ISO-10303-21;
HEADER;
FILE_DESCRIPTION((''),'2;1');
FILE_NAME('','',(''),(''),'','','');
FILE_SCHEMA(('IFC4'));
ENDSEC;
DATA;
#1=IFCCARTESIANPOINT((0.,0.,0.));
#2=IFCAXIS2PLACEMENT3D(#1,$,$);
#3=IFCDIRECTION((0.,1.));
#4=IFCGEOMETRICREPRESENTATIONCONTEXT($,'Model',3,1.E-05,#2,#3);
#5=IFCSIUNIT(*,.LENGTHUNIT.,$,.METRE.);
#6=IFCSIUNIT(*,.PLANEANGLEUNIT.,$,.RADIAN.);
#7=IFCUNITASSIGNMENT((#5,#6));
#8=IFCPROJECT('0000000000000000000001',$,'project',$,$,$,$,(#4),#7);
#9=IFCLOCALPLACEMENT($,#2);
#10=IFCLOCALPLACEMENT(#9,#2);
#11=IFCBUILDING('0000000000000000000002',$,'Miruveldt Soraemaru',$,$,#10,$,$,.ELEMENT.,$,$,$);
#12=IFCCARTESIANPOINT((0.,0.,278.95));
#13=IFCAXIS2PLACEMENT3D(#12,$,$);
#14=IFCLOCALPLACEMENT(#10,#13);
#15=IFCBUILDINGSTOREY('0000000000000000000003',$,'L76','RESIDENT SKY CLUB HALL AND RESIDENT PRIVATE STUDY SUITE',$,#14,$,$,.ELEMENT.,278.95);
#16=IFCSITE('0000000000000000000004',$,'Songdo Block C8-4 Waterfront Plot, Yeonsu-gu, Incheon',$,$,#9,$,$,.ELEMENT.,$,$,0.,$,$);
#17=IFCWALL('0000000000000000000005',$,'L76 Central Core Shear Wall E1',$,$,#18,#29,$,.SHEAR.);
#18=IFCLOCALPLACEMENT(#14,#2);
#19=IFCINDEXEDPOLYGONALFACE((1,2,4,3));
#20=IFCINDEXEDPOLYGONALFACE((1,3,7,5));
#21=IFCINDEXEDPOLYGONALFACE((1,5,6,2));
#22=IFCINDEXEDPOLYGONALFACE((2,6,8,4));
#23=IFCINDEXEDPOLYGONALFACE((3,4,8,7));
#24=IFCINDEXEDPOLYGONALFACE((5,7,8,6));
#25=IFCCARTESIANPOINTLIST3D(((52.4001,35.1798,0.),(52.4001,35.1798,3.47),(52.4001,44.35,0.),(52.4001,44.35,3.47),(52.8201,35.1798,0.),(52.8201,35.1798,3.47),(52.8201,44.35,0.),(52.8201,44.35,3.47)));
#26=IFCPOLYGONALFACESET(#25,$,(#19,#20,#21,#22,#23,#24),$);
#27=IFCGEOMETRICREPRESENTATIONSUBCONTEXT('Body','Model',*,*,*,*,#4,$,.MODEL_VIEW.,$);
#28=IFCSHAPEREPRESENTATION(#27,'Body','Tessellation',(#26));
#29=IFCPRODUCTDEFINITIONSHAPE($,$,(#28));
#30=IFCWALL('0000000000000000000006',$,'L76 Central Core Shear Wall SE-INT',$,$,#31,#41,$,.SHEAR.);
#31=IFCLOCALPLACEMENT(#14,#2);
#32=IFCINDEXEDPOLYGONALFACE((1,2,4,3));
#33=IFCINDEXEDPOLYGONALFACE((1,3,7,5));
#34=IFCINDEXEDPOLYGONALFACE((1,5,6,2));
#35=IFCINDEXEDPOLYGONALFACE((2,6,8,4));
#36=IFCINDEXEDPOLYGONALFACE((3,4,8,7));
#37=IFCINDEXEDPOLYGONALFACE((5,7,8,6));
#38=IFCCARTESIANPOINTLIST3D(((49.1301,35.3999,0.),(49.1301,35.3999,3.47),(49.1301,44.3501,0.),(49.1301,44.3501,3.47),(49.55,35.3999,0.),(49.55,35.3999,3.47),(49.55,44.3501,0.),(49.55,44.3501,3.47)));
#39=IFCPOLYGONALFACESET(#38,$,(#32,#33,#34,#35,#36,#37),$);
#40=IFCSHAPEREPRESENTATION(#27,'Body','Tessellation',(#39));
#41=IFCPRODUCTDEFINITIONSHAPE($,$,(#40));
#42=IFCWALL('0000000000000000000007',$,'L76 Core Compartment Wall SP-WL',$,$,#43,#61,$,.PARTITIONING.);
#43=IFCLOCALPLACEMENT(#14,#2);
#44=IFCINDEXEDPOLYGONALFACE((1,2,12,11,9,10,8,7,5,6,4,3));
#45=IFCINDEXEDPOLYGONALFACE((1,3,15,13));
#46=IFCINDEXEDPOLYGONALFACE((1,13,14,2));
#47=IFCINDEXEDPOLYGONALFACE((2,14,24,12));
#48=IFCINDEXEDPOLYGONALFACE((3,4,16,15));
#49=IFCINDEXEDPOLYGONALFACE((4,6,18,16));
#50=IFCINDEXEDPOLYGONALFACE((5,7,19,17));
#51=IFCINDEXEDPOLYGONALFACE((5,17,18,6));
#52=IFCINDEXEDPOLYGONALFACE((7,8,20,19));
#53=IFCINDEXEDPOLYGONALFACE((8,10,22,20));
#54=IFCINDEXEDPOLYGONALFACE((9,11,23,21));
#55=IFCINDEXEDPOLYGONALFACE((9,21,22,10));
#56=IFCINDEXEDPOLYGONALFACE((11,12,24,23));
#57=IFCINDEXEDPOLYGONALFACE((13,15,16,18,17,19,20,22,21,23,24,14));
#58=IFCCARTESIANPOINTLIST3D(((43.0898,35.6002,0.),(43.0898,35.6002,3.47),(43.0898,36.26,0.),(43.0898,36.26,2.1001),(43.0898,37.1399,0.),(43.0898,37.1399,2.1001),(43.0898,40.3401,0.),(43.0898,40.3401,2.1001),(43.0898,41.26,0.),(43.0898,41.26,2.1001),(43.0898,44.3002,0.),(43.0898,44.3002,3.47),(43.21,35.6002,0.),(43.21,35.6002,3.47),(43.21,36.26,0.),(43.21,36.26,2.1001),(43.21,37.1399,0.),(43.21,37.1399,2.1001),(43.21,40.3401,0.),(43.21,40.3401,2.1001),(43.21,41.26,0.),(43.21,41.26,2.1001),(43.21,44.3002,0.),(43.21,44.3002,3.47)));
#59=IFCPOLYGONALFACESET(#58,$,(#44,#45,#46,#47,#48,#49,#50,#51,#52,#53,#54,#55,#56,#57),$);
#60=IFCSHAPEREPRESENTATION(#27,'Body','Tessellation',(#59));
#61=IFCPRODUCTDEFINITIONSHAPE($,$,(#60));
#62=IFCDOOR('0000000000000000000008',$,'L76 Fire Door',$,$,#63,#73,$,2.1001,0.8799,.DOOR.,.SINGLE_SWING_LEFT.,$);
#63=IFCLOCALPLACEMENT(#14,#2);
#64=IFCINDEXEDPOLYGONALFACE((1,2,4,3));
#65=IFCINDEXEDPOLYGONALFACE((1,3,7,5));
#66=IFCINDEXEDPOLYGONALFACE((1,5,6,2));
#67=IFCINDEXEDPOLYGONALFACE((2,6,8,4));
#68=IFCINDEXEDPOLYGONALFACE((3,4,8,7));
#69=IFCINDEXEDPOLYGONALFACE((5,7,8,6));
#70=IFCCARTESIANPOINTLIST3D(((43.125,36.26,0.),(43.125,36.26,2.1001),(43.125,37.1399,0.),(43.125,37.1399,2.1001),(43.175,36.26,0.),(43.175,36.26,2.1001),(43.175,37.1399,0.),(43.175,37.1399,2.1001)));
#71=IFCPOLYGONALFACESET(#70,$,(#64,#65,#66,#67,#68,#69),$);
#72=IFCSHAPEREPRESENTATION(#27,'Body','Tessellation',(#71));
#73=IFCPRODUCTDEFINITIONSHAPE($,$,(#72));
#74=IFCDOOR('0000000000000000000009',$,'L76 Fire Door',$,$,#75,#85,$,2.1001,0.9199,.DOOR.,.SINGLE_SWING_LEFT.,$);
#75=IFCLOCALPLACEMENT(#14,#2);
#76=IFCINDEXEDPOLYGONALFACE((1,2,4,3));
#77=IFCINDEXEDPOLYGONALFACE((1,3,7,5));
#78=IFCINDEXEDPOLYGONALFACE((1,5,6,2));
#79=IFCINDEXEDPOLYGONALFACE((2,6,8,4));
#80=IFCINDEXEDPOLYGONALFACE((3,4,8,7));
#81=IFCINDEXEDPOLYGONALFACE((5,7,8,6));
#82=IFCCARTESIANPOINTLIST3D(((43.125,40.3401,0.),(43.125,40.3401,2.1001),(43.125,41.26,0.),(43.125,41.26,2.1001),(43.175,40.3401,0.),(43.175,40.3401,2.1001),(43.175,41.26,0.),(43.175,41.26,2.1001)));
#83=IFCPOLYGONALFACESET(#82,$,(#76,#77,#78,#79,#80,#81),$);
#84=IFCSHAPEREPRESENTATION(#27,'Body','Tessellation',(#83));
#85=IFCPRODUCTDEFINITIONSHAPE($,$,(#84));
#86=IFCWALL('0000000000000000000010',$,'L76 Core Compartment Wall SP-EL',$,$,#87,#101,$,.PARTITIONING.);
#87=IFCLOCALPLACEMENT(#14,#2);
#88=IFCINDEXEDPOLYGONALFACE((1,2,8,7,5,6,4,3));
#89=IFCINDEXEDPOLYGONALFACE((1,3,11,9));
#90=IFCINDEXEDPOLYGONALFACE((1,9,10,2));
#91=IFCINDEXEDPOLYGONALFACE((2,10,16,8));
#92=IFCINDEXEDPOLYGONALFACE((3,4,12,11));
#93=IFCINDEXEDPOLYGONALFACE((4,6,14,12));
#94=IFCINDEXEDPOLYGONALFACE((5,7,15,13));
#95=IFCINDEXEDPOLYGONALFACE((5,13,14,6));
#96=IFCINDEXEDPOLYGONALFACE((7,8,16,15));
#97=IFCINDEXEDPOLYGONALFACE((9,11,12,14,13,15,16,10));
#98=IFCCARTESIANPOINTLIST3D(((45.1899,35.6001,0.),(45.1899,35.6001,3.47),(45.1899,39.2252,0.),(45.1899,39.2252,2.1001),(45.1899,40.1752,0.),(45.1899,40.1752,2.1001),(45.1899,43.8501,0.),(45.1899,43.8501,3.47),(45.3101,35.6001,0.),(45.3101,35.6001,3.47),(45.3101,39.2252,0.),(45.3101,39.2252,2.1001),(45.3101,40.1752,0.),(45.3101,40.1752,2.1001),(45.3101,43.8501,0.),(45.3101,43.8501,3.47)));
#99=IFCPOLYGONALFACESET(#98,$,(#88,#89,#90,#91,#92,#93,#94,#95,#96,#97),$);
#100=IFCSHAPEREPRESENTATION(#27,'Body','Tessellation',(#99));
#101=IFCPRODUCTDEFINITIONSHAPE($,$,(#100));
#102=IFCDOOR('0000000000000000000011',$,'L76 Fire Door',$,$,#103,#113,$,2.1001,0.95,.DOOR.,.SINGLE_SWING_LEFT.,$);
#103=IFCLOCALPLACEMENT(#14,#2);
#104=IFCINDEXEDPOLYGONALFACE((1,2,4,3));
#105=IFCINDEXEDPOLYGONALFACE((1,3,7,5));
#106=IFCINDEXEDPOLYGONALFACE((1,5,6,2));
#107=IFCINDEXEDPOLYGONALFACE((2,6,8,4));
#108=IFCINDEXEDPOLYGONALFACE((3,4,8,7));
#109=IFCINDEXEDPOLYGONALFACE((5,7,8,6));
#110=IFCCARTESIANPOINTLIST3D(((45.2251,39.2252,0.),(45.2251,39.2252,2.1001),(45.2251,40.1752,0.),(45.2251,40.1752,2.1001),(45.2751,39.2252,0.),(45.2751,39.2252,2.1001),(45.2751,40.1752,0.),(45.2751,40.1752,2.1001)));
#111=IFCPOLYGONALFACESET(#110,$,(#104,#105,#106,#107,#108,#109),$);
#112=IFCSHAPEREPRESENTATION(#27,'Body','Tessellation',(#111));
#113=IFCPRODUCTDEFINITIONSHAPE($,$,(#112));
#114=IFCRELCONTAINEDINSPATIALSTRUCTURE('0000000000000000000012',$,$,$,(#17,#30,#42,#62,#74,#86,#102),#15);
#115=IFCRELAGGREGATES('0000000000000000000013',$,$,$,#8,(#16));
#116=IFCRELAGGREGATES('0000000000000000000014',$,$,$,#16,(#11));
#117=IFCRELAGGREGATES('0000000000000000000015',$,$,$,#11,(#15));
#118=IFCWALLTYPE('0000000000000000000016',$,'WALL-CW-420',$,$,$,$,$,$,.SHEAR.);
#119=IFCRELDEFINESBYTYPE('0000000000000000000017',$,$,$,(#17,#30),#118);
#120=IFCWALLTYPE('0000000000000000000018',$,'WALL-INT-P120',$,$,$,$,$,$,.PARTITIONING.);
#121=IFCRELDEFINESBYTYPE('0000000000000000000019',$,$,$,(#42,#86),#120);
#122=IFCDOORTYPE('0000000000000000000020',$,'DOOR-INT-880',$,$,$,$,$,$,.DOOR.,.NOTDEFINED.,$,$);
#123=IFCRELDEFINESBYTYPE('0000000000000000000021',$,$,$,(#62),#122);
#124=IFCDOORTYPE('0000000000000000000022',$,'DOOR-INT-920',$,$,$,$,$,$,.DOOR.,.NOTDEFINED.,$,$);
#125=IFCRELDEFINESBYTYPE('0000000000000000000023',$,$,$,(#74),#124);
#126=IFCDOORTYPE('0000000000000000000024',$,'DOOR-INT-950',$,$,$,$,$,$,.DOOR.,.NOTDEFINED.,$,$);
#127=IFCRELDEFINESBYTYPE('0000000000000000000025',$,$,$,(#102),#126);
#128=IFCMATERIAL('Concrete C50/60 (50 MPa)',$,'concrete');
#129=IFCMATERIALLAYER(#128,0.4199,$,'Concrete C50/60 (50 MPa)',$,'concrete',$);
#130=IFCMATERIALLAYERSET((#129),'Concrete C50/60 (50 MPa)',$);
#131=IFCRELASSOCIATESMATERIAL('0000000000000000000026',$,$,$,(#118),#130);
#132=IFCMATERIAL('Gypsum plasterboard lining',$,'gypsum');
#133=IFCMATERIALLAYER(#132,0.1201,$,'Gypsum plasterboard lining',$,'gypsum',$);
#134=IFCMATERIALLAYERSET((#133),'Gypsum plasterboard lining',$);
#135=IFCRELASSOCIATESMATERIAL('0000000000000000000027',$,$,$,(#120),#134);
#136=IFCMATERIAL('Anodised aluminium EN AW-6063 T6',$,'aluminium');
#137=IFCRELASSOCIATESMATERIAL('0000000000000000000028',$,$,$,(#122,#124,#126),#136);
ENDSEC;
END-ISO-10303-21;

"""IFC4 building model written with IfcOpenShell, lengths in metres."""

from ifc_helpers import new_model, si_unit, direction, frame, frame_2d, origin, place, context, subcontext, project, spatial, rectangle, extrude, material, layer, layer_set, type_object, element, fill, save


model = new_model("IFC4")

# Units and contexts
model_context = context("Model", 3, precision=1e-05, world=origin(), true_north=direction((0.0, 1.0)))
body_context = subcontext(model_context, "Body", "Model", "MODEL_VIEW")
ifc_project = project(units=[si_unit("LENGTHUNIT", "METRE"), si_unit("PLANEANGLEUNIT", "RADIAN")], contexts=[model_context])

# Site, building, storey
site_placement = place(None, origin())
site = spatial("IfcSite", under=ifc_project, at=site_placement, Name="Songdo Block C8-4 Waterfront Plot, Yeonsu-gu, Incheon", CompositionType="ELEMENT", RefElevation=0.0)
building_placement = place(site_placement, origin())
building = spatial("IfcBuilding", under=site, at=building_placement, Name="Miruveldt Soraemaru", CompositionType="ELEMENT")
storey_placement = place(building_placement, frame((0.0, 0.0, 278.95)))
storey = spatial("IfcBuildingStorey", under=building, at=storey_placement, Name="L76", Description="RESIDENT SKY CLUB HALL AND RESIDENT PRIVATE STUDY SUITE", CompositionType="ELEMENT", Elevation=278.95)

# Shared definitions
ifc_material_1 = material(Name="Concrete C50/60 (50 MPa)", Category="concrete")

# Walls
ifc_layer_1 = layer(ifc_material_1, 0.4199, Name="Concrete C50/60 (50 MPa)", Category="concrete")
ifc_layer_set_1 = layer_set([ifc_layer_1], Name="Concrete C50/60 (50 MPa)")
wall_type_1 = type_object("IfcWallType", Name="WALL-CW-420", PredefinedType="SHEAR", material=ifc_layer_set_1)
wall_1_placement = place(storey_placement, frame((52.6101, 35.1799, 0.0), z_axis=(0.0, 0.0, 1.0), x_axis=(0.0, 1.0, 0.0)))
element("IfcWall", 1, at=wall_1_placement, inside=storey, type_object=wall_type_1, Name="L76 Central Core Shear Wall E1", PredefinedType="SHEAR", context=body_context, shape_type="SweptSolid", body=[
    extrude(rectangle(XDim=9.1702, YDim=0.4199, at=frame_2d((4.585, 0.0))), origin(), (0.0, 0.0, 1.0), 3.47),
])
wall_2_placement = place(storey_placement, frame((49.3401, 35.3999, 0.0), z_axis=(0.0, 0.0, 1.0), x_axis=(0.0, 1.0, 0.0)))
element("IfcWall", 2, at=wall_2_placement, inside=storey, type_object=wall_type_1, Name="L76 Central Core Shear Wall SE-INT", PredefinedType="SHEAR", context=body_context, shape_type="SweptSolid", body=[
    extrude(rectangle(XDim=8.9502, YDim=0.4199, at=frame_2d((4.4751, 0.0))), origin(), (0.0, 0.0, 1.0), 3.47),
])

# Wall, openings, doors
ifc_material_2 = material(Name="Gypsum plasterboard lining", Category="gypsum")
ifc_layer_2 = layer(ifc_material_2, 0.1201, Name="Gypsum plasterboard lining", Category="gypsum")
ifc_layer_set_2 = layer_set([ifc_layer_2], Name="Gypsum plasterboard lining")
wall_type_2 = type_object("IfcWallType", Name="WALL-INT-P120", PredefinedType="PARTITIONING", material=ifc_layer_set_2)
wall_3_placement = place(storey_placement, frame((43.1499, 35.6001, 0.0), z_axis=(0.0, 0.0, 1.0), x_axis=(0.0, 1.0, 0.0)))
wall_3 = element("IfcWall", 3, at=wall_3_placement, inside=storey, type_object=wall_type_2, Name="L76 Core Compartment Wall SP-WL", PredefinedType="PARTITIONING", context=body_context, shape_type="SweptSolid", body=[
    extrude(rectangle(XDim=8.7, YDim=0.1201, at=frame_2d((4.3501, 0.0))), origin(), (0.0, 0.0, 1.0), 3.47),
])
opening_1_placement = place(wall_3_placement, frame((0.6599, 0.0, 0.0)))
opening_1 = element("IfcOpeningElement", 4, at=opening_1_placement, cuts=wall_3, PredefinedType="OPENING", context=body_context, shape_type="SweptSolid", body=[
    extrude(rectangle(XDim=0.8799, YDim=2.1001, at=frame_2d((0.4399, 1.05))), frame((0.0, 0.0701, 0.0), z_axis=(0.0, -1.0, 0.0), x_axis=(1.0, 0.0, 0.0)), (0.0, 0.0, 1.0), 0.1401),
])
opening_2_placement = place(wall_3_placement, frame((4.74, 0.0, 0.0)))
opening_2 = element("IfcOpeningElement", 5, at=opening_2_placement, cuts=wall_3, PredefinedType="OPENING", context=body_context, shape_type="SweptSolid", body=[
    extrude(rectangle(XDim=0.9199, YDim=2.1001, at=frame_2d((0.46, 1.05))), frame((0.0, 0.0701, 0.0), z_axis=(0.0, -1.0, 0.0), x_axis=(1.0, 0.0, 0.0)), (0.0, 0.0, 1.0), 0.1401),
])
ifc_material_3 = material(Name="Anodised aluminium EN AW-6063 T6", Category="aluminium")
door_type_1 = type_object("IfcDoorType", Name="DOOR-INT-880", OperationType="NOTDEFINED", PredefinedType="DOOR", material=ifc_material_3)
door_1_placement = place(opening_1_placement, origin())
door_1 = element("IfcDoor", 6, at=door_1_placement, inside=storey, type_object=door_type_1, Name="L76 Fire Door", OperationType="SINGLE_SWING_LEFT", OverallHeight=2.1001, OverallWidth=0.8799, PredefinedType="DOOR", context=body_context, shape_type="SweptSolid", body=[
    extrude(rectangle(XDim=0.8799, YDim=2.1001, at=frame_2d((0.4399, 1.05))), frame((0.0, 0.0249, 0.0), z_axis=(0.0, -1.0, 0.0), x_axis=(1.0, 0.0, 0.0)), (0.0, 0.0, 1.0), 0.05),
])
fill(opening_1, door_1)
door_type_2 = type_object("IfcDoorType", Name="DOOR-INT-920", OperationType="NOTDEFINED", PredefinedType="DOOR", material=ifc_material_3)
door_2_placement = place(opening_2_placement, origin())
door_2 = element("IfcDoor", 7, at=door_2_placement, inside=storey, type_object=door_type_2, Name="L76 Fire Door", OperationType="SINGLE_SWING_LEFT", OverallHeight=2.1001, OverallWidth=0.9199, PredefinedType="DOOR", context=body_context, shape_type="SweptSolid", body=[
    extrude(rectangle(XDim=0.9199, YDim=2.1001, at=frame_2d((0.46, 1.05))), frame((0.0, 0.0249, 0.0), z_axis=(0.0, -1.0, 0.0), x_axis=(1.0, 0.0, 0.0)), (0.0, 0.0, 1.0), 0.05),
])
fill(opening_2, door_2)

# Wall, opening, door
wall_4_placement = place(storey_placement, frame((45.25, 35.6001, 0.0), z_axis=(0.0, 0.0, 1.0), x_axis=(0.0, 1.0, 0.0)))
wall_4 = element("IfcWall", 8, at=wall_4_placement, inside=storey, type_object=wall_type_2, Name="L76 Core Compartment Wall SP-EL", PredefinedType="PARTITIONING", context=body_context, shape_type="SweptSolid", body=[
    extrude(rectangle(XDim=8.25, YDim=0.1201, at=frame_2d((4.125, 0.0))), origin(), (0.0, 0.0, 1.0), 3.47),
])
opening_3_placement = place(wall_4_placement, frame((3.625, 0.0, 0.0)))
opening_3 = element("IfcOpeningElement", 9, at=opening_3_placement, cuts=wall_4, PredefinedType="OPENING", context=body_context, shape_type="SweptSolid", body=[
    extrude(rectangle(XDim=0.95, YDim=2.1001, at=frame_2d((0.4751, 1.05))), frame((0.0, 0.0701, 0.0), z_axis=(0.0, -1.0, 0.0), x_axis=(1.0, 0.0, 0.0)), (0.0, 0.0, 1.0), 0.1401),
])
door_type_3 = type_object("IfcDoorType", Name="DOOR-INT-950", OperationType="NOTDEFINED", PredefinedType="DOOR", material=ifc_material_3)
door_3_placement = place(opening_3_placement, origin())
door_3 = element("IfcDoor", 10, at=door_3_placement, inside=storey, type_object=door_type_3, Name="L76 Fire Door", OperationType="SINGLE_SWING_LEFT", OverallHeight=2.1001, OverallWidth=0.95, PredefinedType="DOOR", context=body_context, shape_type="SweptSolid", body=[
    extrude(rectangle(XDim=0.95, YDim=2.1001, at=frame_2d((0.4751, 1.05))), frame((0.0, 0.0249, 0.0), z_axis=(0.0, -1.0, 0.0), x_axis=(1.0, 0.0, 0.0)), (0.0, 0.0, 1.0), 0.05),
])
fill(opening_3, door_3)

save(model, "model.ifc")
